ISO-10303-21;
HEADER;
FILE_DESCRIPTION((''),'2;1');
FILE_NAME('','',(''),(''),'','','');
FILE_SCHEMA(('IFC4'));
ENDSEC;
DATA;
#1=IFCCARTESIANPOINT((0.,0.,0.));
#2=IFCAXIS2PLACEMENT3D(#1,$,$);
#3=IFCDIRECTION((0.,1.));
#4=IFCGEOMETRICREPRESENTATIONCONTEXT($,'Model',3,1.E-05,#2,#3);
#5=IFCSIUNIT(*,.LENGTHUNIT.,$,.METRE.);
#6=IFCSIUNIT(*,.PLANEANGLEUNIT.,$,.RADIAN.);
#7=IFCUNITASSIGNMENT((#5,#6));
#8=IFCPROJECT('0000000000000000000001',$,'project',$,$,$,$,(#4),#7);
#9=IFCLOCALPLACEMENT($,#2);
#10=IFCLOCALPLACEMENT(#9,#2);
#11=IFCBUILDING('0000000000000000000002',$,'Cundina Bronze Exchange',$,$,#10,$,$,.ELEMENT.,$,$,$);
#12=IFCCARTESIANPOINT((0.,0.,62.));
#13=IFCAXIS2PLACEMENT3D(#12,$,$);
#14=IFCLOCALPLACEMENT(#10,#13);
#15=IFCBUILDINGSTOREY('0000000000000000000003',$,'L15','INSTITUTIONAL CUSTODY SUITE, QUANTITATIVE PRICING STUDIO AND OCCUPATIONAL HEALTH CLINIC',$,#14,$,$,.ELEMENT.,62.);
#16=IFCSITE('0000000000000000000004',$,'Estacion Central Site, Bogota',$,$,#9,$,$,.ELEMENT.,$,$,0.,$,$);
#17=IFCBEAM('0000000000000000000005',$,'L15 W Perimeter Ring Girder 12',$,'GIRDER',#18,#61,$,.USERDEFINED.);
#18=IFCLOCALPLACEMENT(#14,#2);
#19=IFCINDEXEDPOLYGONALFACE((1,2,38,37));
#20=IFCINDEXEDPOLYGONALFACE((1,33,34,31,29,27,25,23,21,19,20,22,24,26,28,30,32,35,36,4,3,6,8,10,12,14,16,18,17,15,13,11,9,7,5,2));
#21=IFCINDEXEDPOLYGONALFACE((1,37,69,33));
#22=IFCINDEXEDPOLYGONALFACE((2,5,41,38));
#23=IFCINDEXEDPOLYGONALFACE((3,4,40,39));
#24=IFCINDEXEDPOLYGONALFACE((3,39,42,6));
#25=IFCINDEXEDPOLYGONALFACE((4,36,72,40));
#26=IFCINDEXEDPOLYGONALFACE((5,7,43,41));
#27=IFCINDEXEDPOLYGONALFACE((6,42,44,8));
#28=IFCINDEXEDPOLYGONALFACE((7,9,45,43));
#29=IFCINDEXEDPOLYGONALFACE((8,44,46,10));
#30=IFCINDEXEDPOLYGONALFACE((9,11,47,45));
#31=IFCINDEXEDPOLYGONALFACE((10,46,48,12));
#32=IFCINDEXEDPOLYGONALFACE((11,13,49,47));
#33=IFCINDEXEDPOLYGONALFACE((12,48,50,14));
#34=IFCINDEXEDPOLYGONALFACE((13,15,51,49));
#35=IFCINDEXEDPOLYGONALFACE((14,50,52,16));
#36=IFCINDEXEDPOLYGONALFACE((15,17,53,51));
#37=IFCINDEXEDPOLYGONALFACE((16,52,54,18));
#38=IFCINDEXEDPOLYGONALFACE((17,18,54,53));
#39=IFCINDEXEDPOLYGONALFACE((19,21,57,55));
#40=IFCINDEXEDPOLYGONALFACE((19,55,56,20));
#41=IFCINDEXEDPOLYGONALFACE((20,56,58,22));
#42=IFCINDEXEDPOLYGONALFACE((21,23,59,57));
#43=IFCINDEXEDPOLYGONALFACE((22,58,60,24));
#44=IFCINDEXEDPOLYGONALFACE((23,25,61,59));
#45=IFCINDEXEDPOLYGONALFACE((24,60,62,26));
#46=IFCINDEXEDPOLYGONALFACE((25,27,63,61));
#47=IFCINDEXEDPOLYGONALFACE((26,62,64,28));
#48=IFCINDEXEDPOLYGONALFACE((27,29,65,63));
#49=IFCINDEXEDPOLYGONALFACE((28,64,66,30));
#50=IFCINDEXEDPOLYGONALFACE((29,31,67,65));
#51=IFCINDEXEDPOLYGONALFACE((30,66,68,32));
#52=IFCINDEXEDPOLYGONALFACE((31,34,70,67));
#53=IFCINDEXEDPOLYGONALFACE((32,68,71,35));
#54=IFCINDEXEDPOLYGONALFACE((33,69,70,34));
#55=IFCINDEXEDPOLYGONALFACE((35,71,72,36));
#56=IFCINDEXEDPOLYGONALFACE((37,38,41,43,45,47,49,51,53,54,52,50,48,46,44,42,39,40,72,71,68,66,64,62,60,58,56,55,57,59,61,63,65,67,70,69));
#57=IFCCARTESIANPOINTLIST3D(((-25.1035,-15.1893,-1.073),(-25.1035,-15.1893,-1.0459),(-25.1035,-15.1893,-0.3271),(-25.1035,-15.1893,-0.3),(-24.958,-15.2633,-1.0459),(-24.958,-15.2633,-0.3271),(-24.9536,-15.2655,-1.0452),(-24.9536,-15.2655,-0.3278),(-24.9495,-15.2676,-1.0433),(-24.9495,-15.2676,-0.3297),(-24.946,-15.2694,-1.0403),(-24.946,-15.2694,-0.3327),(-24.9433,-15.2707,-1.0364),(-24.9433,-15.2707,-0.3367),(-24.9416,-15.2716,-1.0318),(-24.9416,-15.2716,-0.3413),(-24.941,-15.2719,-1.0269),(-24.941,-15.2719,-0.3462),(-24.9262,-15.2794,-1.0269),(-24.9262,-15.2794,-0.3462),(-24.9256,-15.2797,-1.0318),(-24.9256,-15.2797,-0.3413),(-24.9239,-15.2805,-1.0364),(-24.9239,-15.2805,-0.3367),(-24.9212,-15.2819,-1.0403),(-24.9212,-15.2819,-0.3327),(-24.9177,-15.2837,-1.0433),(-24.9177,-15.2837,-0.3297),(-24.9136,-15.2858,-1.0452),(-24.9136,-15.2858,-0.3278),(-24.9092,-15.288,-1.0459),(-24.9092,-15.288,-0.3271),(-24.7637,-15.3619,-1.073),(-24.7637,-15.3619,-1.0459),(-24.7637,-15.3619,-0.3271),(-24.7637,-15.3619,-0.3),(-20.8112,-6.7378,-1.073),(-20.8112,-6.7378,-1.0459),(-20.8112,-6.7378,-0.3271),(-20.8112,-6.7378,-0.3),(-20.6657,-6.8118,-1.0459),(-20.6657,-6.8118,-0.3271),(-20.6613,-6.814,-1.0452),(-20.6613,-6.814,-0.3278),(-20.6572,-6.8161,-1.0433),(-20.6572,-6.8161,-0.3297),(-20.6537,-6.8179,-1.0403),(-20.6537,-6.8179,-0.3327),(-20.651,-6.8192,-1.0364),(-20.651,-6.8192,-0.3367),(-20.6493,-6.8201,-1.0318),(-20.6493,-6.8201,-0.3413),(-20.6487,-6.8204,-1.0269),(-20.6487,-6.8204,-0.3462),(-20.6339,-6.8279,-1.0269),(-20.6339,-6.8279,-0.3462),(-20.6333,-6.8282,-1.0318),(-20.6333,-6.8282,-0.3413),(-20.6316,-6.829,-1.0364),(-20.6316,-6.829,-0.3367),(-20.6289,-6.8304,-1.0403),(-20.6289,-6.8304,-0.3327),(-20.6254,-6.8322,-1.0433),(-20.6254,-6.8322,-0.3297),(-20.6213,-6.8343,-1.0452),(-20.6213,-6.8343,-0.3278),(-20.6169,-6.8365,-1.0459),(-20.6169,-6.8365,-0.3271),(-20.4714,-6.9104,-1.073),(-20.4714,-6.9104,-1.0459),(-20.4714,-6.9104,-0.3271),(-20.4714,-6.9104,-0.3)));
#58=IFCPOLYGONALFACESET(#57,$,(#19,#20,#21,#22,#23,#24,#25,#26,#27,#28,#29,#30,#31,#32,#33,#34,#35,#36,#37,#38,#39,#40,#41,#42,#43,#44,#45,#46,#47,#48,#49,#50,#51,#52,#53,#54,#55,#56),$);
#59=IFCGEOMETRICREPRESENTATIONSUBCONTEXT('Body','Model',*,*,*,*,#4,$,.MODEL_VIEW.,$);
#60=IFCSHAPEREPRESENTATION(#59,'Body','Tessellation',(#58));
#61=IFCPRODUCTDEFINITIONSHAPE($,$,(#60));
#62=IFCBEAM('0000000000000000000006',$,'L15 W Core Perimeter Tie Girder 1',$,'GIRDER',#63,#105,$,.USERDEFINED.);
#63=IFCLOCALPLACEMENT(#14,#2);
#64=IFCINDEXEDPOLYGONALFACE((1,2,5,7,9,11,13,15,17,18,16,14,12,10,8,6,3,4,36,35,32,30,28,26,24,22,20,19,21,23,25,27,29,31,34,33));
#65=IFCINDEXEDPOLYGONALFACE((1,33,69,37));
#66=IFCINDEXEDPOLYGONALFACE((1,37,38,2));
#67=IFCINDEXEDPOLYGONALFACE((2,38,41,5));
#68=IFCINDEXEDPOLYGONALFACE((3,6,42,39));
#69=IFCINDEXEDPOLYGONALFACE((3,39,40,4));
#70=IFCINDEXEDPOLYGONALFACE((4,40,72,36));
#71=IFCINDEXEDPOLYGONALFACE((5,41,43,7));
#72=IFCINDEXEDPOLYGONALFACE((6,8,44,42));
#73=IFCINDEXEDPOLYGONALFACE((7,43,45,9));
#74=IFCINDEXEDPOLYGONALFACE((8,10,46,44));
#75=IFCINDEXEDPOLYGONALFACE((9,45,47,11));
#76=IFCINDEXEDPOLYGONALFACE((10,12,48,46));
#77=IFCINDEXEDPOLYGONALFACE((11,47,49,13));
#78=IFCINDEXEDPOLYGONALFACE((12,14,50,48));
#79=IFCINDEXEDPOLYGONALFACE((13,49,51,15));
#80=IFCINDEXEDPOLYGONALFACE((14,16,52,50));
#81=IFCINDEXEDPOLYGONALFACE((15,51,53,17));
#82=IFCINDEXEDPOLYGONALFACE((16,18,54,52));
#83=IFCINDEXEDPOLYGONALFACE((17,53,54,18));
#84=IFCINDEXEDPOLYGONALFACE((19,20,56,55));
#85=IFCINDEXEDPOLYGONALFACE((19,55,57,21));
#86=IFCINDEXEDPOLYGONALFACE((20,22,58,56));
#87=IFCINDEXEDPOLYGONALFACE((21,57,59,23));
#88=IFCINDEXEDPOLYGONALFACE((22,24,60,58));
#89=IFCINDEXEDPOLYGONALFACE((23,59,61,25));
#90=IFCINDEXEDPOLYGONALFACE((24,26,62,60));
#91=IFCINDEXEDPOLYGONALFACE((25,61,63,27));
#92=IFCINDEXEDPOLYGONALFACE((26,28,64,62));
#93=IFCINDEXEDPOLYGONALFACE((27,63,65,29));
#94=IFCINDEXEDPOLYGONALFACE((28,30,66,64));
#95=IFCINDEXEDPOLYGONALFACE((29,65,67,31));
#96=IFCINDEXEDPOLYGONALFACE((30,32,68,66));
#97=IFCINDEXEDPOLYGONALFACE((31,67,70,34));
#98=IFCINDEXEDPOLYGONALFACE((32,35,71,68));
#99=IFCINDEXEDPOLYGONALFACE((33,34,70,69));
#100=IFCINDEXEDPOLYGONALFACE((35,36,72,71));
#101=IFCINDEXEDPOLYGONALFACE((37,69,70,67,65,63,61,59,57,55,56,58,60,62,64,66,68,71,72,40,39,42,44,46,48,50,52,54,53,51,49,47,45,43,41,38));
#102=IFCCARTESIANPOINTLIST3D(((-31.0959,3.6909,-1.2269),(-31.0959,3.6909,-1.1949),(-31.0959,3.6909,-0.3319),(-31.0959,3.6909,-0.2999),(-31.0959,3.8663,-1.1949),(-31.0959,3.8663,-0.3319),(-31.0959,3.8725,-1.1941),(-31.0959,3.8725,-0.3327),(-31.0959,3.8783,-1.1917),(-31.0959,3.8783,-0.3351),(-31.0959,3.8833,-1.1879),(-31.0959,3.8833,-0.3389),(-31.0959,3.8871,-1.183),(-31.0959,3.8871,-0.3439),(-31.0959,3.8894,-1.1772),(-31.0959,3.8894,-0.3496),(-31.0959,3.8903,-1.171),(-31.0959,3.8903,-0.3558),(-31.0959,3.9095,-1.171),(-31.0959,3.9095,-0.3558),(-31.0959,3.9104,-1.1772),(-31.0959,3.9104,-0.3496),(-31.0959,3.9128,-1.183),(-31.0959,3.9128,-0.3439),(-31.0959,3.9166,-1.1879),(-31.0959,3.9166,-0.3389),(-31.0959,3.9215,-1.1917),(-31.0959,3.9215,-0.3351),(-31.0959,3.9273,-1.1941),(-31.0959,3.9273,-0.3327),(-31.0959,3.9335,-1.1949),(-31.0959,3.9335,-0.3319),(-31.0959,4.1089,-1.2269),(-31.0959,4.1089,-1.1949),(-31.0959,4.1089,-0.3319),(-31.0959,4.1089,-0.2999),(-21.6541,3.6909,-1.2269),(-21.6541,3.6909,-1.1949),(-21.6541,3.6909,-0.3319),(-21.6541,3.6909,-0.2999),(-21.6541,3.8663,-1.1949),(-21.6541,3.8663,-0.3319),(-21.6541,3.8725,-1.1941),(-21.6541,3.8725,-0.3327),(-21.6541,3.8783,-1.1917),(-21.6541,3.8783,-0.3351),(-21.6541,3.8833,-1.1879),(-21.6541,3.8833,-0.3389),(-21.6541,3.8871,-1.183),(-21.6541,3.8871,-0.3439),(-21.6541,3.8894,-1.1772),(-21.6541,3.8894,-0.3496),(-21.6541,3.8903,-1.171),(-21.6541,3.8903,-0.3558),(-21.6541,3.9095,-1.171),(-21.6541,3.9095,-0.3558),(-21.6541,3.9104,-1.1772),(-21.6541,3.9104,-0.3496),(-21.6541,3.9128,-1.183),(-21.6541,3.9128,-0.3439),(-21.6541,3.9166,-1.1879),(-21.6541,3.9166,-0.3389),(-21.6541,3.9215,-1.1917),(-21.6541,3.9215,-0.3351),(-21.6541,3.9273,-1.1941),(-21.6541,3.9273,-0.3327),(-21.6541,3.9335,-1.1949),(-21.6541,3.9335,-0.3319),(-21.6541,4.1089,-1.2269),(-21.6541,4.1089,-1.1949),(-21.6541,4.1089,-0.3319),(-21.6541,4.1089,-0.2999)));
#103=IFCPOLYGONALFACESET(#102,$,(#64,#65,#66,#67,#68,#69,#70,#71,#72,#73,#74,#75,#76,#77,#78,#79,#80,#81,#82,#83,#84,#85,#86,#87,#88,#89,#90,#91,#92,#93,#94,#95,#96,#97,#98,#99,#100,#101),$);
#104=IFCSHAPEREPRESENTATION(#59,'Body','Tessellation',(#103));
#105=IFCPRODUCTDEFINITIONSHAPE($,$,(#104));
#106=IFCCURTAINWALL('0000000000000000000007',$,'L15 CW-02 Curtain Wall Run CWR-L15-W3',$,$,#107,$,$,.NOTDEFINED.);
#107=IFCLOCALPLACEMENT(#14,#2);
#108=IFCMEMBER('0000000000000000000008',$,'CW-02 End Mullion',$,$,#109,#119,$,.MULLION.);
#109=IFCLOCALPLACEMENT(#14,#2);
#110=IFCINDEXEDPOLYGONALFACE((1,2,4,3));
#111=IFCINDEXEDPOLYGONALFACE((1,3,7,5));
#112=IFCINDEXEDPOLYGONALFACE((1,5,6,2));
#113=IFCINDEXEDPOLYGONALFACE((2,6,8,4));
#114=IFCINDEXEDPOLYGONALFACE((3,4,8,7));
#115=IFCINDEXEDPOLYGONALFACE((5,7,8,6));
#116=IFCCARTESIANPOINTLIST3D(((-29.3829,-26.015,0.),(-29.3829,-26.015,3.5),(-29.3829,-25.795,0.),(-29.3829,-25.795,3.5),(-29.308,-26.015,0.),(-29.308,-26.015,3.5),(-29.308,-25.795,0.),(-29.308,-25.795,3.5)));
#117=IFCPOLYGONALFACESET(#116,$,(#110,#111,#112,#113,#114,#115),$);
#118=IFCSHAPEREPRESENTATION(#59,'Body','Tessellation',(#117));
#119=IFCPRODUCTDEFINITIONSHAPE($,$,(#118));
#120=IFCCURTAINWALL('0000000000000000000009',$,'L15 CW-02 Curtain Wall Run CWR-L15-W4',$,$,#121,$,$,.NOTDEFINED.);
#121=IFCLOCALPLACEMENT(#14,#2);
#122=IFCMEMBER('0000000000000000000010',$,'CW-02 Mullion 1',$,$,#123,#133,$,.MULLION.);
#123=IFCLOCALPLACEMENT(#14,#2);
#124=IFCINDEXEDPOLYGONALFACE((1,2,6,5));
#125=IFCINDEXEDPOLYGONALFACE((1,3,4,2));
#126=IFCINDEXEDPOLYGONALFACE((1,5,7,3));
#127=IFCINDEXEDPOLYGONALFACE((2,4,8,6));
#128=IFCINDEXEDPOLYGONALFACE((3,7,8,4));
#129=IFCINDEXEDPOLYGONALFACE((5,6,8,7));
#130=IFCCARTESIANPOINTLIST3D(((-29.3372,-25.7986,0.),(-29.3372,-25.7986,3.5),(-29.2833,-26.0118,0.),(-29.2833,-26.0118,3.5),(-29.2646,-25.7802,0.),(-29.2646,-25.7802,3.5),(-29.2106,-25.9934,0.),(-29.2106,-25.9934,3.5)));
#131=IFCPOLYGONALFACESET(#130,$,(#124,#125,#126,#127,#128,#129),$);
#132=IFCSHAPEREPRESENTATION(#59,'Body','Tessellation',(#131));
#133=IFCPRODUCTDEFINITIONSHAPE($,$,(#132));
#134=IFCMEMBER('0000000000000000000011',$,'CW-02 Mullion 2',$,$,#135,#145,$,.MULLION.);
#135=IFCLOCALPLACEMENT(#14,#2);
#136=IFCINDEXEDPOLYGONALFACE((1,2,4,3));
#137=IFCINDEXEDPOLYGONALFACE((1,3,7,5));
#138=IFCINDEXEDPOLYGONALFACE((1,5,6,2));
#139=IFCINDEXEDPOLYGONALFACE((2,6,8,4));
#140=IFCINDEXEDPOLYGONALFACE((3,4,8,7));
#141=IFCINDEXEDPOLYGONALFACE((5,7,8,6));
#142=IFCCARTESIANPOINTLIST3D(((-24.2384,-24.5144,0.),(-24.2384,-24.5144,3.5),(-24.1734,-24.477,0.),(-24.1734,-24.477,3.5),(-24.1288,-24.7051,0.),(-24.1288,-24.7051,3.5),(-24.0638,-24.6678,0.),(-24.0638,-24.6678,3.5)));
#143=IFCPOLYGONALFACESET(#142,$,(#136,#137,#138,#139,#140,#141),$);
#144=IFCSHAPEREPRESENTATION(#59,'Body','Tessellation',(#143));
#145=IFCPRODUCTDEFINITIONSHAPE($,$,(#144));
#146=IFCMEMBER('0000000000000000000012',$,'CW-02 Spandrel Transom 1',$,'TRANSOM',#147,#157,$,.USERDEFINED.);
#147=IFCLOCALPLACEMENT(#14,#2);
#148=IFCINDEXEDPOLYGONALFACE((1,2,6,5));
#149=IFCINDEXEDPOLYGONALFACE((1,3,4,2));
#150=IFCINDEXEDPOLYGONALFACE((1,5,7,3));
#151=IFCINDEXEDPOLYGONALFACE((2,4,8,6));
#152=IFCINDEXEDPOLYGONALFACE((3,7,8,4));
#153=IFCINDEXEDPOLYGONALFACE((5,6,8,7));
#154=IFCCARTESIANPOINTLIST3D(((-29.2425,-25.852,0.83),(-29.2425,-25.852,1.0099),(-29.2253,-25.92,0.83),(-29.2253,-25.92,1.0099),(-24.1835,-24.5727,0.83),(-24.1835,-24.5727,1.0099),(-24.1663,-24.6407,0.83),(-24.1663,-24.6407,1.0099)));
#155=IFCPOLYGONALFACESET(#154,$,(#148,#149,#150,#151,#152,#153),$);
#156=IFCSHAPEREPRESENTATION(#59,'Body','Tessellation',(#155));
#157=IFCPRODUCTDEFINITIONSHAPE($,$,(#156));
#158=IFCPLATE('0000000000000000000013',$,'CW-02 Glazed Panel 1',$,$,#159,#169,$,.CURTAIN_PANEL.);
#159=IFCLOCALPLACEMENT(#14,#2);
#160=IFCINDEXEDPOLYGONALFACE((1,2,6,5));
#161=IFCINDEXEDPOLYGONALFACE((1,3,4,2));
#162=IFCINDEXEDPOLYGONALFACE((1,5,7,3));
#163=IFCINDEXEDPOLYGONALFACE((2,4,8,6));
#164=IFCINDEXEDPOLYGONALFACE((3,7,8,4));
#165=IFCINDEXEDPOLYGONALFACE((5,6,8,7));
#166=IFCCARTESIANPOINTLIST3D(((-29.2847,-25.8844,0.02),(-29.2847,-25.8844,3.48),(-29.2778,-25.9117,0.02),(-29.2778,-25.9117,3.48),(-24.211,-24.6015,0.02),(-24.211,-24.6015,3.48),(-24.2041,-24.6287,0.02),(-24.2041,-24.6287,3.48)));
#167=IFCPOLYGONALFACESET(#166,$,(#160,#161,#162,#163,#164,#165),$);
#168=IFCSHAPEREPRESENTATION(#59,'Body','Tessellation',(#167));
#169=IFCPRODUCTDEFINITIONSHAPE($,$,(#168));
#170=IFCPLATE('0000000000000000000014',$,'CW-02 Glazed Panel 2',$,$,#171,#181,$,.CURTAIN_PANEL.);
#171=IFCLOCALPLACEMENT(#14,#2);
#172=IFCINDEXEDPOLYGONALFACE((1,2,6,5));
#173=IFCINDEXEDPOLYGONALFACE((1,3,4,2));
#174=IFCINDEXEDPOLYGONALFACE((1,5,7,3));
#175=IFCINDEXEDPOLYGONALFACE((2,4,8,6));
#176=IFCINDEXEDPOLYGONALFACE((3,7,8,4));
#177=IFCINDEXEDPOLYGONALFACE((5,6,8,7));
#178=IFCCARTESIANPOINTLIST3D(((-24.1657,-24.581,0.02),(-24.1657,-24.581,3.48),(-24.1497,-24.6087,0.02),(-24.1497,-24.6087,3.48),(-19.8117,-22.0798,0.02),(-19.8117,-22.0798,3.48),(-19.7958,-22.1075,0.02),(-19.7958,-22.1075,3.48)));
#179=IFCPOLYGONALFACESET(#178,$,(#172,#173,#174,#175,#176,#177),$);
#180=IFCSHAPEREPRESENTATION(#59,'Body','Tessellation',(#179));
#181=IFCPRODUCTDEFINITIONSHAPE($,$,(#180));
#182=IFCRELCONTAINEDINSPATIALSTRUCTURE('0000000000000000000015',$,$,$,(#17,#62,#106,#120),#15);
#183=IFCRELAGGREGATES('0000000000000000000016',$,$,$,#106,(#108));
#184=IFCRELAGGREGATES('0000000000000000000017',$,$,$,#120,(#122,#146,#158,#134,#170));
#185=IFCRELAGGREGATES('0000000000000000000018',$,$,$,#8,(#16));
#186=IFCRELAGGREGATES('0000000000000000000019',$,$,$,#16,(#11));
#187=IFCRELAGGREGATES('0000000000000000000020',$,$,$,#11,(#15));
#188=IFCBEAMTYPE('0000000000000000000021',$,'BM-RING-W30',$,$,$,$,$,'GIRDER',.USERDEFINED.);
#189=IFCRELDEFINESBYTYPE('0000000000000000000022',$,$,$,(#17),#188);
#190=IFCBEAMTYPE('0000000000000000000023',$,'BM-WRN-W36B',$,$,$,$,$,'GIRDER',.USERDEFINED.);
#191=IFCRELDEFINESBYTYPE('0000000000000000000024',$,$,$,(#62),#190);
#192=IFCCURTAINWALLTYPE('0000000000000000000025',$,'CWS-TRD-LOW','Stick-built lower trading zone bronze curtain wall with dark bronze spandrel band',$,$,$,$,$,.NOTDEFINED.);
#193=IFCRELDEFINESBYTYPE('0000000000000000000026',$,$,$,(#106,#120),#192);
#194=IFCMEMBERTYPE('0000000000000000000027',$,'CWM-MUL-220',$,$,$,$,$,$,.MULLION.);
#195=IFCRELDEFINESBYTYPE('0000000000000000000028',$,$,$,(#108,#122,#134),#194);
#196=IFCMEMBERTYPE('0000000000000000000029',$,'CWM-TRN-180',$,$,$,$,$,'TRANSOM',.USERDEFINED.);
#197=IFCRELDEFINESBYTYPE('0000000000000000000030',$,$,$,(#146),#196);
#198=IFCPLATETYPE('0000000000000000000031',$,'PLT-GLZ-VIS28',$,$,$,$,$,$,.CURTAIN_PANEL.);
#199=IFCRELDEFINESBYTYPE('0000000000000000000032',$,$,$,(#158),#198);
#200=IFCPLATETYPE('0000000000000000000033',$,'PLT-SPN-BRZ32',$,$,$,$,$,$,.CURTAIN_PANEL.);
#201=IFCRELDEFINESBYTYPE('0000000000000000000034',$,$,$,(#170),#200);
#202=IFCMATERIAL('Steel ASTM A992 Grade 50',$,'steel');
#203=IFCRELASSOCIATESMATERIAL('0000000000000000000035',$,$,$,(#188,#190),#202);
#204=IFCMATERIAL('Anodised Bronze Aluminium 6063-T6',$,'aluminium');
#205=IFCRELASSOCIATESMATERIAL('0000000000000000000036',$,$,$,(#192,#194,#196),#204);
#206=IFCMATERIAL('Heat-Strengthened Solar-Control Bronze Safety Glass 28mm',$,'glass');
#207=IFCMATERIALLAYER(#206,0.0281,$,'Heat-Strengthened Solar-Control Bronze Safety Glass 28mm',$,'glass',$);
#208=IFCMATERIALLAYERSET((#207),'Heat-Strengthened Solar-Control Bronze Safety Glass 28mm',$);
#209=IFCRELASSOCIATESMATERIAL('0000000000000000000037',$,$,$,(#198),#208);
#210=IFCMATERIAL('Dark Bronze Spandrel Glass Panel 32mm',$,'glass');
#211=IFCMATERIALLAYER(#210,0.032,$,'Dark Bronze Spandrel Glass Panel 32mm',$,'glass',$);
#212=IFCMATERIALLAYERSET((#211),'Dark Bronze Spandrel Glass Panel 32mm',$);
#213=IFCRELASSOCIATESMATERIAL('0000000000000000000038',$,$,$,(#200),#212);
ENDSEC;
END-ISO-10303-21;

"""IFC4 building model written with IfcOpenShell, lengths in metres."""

from ifc_helpers import new_model, si_unit, direction, frame, origin, origin_2d, place, context, subcontext, project, spatial, rectangle, i_section, extrude, material, layer, layer_set, material_profile, profile_set, type_object, element, aggregate, save


model = new_model("IFC4")

# Units and contexts
model_context = context("Model", 3, precision=1e-05, world=origin(), true_north=direction((0.0, 1.0)))
body_context = subcontext(model_context, "Body", "Model", "MODEL_VIEW")
ifc_project = project(units=[si_unit("LENGTHUNIT", "METRE"), si_unit("PLANEANGLEUNIT", "RADIAN")], contexts=[model_context])

# Site, building, storey
site_placement = place(None, origin())
site = spatial("IfcSite", under=ifc_project, at=site_placement, Name="Estacion Central Site, Bogota", CompositionType="ELEMENT", RefElevation=0.0)
building_placement = place(site_placement, origin())
building = spatial("IfcBuilding", under=site, at=building_placement, Name="Cundina Bronze Exchange", CompositionType="ELEMENT")
storey_placement = place(building_placement, frame((0.0, 0.0, 62.0)))
storey = spatial("IfcBuildingStorey", under=building, at=storey_placement, Name="L15", Description="INSTITUTIONAL CUSTODY SUITE, QUANTITATIVE PRICING STUDIO AND OCCUPATIONAL HEALTH CLINIC", CompositionType="ELEMENT", Elevation=62.0)

# Shared definitions
ifc_material_1 = material(Name="Steel ASTM A992 Grade 50", Category="steel")

# Beams
ifc_material_profile_1 = material_profile(ifc_material_1, i_section(OverallWidth=0.3811, OverallDepth=0.7729, WebThickness=0.0166, FlangeThickness=0.0271, FilletRadius=0.019, at=origin_2d()), Name="W30X173", Category="steel")
ifc_profile_set_1 = profile_set([ifc_material_profile_1], Name="Steel ASTM A992 Grade 50")
beam_type_1 = type_object("IfcBeamType", Name="BM-RING-W30", ElementType="GIRDER", PredefinedType="USERDEFINED", material=ifc_profile_set_1)
beam_1_placement = place(storey_placement, frame((-24.9336, -15.2756, -0.6865), z_axis=(0.45282, 0.891602, 0.0), x_axis=(-0.891602, 0.45282, 0.0)))
element("IfcBeam", 1, at=beam_1_placement, inside=storey, type_object=beam_type_1, Name="L15 W Perimeter Ring Girder 12", ObjectType="GIRDER", PredefinedType="USERDEFINED", context=body_context, shape_type="SweptSolid", body=[
    extrude(i_section(OverallWidth=0.3811, OverallDepth=0.7729, WebThickness=0.0166, FlangeThickness=0.0271, FilletRadius=0.019, at=origin_2d()), origin(), (0.0, 0.0, 1.0), 9.479),
])
ifc_material_profile_2 = material_profile(ifc_material_1, i_section(OverallWidth=0.418, OverallDepth=0.927, WebThickness=0.0193, FlangeThickness=0.032, FilletRadius=0.0239, at=origin_2d()), Name="W36X231", Category="steel")
ifc_profile_set_2 = profile_set([ifc_material_profile_2], Name="Steel ASTM A992 Grade 50")
beam_type_2 = type_object("IfcBeamType", Name="BM-WRN-W36B", ElementType="GIRDER", PredefinedType="USERDEFINED", material=ifc_profile_set_2)
beam_2_placement = place(storey_placement, frame((-31.0959, 3.8999, -0.7634), z_axis=(1.0, 0.0, 0.0), x_axis=(0.0, 1.0, 0.0)))
element("IfcBeam", 2, at=beam_2_placement, inside=storey, type_object=beam_type_2, Name="L15 W Core Perimeter Tie Girder 1", ObjectType="GIRDER", PredefinedType="USERDEFINED", context=body_context, shape_type="SweptSolid", body=[
    extrude(i_section(OverallWidth=0.418, OverallDepth=0.927, WebThickness=0.0193, FlangeThickness=0.032, FilletRadius=0.0239, at=origin_2d()), origin(), (0.0, 0.0, 1.0), 9.4419),
])

# Curtain wall, member
ifc_material_2 = material(Name="Anodised Bronze Aluminium 6063-T6", Category="aluminium")
curtain_wall_type = type_object("IfcCurtainWallType", Name="CWS-TRD-LOW", Description="Stick-built lower trading zone bronze curtain wall with dark bronze spandrel band", PredefinedType="NOTDEFINED", material=ifc_material_2)
curtain_wall_1_placement = place(storey_placement, origin())
curtain_wall_1 = element("IfcCurtainWall", 3, at=curtain_wall_1_placement, inside=storey, type_object=curtain_wall_type, Name="L15 CW-02 Curtain Wall Run CWR-L15-W3", PredefinedType="NOTDEFINED")
ifc_material_profile_3 = material_profile(ifc_material_2, rectangle(XDim=0.075, YDim=0.22, at=origin_2d()), Name="AL75X220", Category="aluminium")
ifc_profile_set_3 = profile_set([ifc_material_profile_3], Name="Anodised Bronze Aluminium 6063-T6")
member_type_1 = type_object("IfcMemberType", Name="CWM-MUL-220", PredefinedType="MULLION", material=ifc_profile_set_3)
member_1_placement = place(storey_placement, frame((-29.3455, -25.905, 0.0), z_axis=(0.0, 0.0, 1.0), x_axis=(1.0, 0.0, 0.0)))
member_1 = element("IfcMember", 4, at=member_1_placement, type_object=member_type_1, Name="CW-02 End Mullion", PredefinedType="MULLION", context=body_context, shape_type="SweptSolid", body=[
    extrude(rectangle(XDim=0.075, YDim=0.22, at=origin_2d()), origin(), (0.0, 0.0, 1.0), 3.5),
])
aggregate(curtain_wall_1, [member_1])

# Curtain wall, members, plates
curtain_wall_2_placement = place(storey_placement, origin())
curtain_wall_2 = element("IfcCurtainWall", 5, at=curtain_wall_2_placement, inside=storey, type_object=curtain_wall_type, Name="L15 CW-02 Curtain Wall Run CWR-L15-W4", PredefinedType="NOTDEFINED")
member_2_placement = place(storey_placement, frame((-29.2739, -25.896, 0.0), z_axis=(0.0, 0.0, 1.0), x_axis=(0.969488, 0.245138, 0.0)))
member_2 = element("IfcMember", 6, at=member_2_placement, type_object=member_type_1, Name="CW-02 Mullion 1", PredefinedType="MULLION", context=body_context, shape_type="SweptSolid", body=[
    extrude(rectangle(XDim=0.075, YDim=0.22, at=origin_2d()), origin(), (0.0, 0.0, 1.0), 3.5),
])
member_3_placement = place(storey_placement, frame((-24.1511, -24.5911, 0.0), z_axis=(0.0, 0.0, 1.0), x_axis=(0.867071, 0.498185, 0.0)))
member_3 = element("IfcMember", 7, at=member_3_placement, type_object=member_type_1, Name="CW-02 Mullion 2", PredefinedType="MULLION", context=body_context, shape_type="SweptSolid", body=[
    extrude(rectangle(XDim=0.075, YDim=0.22, at=origin_2d()), origin(), (0.0, 0.0, 1.0), 3.5),
])
ifc_material_profile_4 = material_profile(ifc_material_2, rectangle(XDim=0.0701, YDim=0.1799, at=origin_2d()), Name="AL70X180", Category="aluminium")
ifc_profile_set_4 = profile_set([ifc_material_profile_4], Name="Anodised Bronze Aluminium 6063-T6")
member_type_2 = type_object("IfcMemberType", Name="CWM-TRN-180", ElementType="TRANSOM", PredefinedType="USERDEFINED", material=ifc_profile_set_4)
member_4_placement = place(storey_placement, frame((-29.2339, -25.886, 0.9199), z_axis=(0.969484, 0.245155, 0.0), x_axis=(-0.245155, 0.969484, 0.0)))
member_4 = element("IfcMember", 8, at=member_4_placement, type_object=member_type_2, Name="CW-02 Spandrel Transom 1", ObjectType="TRANSOM", PredefinedType="USERDEFINED", context=body_context, shape_type="SweptSolid", body=[
    extrude(rectangle(XDim=0.0701, YDim=0.1799, at=origin_2d()), origin(), (0.0, 0.0, 1.0), 5.2183),
])
ifc_material_3 = material(Name="Heat-Strengthened Solar-Control Bronze Safety Glass 28mm", Category="glass")
ifc_layer_1 = layer(ifc_material_3, 0.0281, Name="Heat-Strengthened Solar-Control Bronze Safety Glass 28mm", Category="glass")
ifc_layer_set_1 = layer_set([ifc_layer_1], Name="Heat-Strengthened Solar-Control Bronze Safety Glass 28mm")
plate_type_1 = type_object("IfcPlateType", Name="PLT-GLZ-VIS28", PredefinedType="CURTAIN_PANEL", material=ifc_layer_set_1)
plate_1_placement = place(storey_placement, frame((-26.7444, -25.2566, 0.02), z_axis=(0.0, 0.0, 1.0), x_axis=(0.969488, 0.245138, 0.0)))
plate_1 = element("IfcPlate", 9, at=plate_1_placement, type_object=plate_type_1, Name="CW-02 Glazed Panel 1", PredefinedType="CURTAIN_PANEL", context=body_context, shape_type="SweptSolid", body=[
    extrude(rectangle(XDim=5.2334, YDim=0.0281, at=origin_2d()), origin(), (0.0, 0.0, 1.0), 3.46),
])
ifc_material_4 = material(Name="Dark Bronze Spandrel Glass Panel 32mm", Category="glass")
ifc_layer_2 = layer(ifc_material_4, 0.032, Name="Dark Bronze Spandrel Glass Panel 32mm", Category="glass")
ifc_layer_set_2 = layer_set([ifc_layer_2], Name="Dark Bronze Spandrel Glass Panel 32mm")
plate_type_2 = type_object("IfcPlateType", Name="PLT-SPN-BRZ32", PredefinedType="CURTAIN_PANEL", material=ifc_layer_set_2)
plate_2_placement = place(storey_placement, frame((-21.9807, -23.3442, 0.02), z_axis=(0.0, 0.0, 1.0), x_axis=(0.867105, 0.498125, 0.0)))
plate_2 = element("IfcPlate", 10, at=plate_2_placement, type_object=plate_type_2, Name="CW-02 Glazed Panel 2", PredefinedType="CURTAIN_PANEL", context=body_context, shape_type="SweptSolid", body=[
    extrude(rectangle(XDim=5.0212, YDim=0.032, at=origin_2d()), origin(), (0.0, 0.0, 1.0), 3.46),
])
aggregate(curtain_wall_2, [member_2, member_4, plate_1, member_3, plate_2])

save(model, "model.ifc")
